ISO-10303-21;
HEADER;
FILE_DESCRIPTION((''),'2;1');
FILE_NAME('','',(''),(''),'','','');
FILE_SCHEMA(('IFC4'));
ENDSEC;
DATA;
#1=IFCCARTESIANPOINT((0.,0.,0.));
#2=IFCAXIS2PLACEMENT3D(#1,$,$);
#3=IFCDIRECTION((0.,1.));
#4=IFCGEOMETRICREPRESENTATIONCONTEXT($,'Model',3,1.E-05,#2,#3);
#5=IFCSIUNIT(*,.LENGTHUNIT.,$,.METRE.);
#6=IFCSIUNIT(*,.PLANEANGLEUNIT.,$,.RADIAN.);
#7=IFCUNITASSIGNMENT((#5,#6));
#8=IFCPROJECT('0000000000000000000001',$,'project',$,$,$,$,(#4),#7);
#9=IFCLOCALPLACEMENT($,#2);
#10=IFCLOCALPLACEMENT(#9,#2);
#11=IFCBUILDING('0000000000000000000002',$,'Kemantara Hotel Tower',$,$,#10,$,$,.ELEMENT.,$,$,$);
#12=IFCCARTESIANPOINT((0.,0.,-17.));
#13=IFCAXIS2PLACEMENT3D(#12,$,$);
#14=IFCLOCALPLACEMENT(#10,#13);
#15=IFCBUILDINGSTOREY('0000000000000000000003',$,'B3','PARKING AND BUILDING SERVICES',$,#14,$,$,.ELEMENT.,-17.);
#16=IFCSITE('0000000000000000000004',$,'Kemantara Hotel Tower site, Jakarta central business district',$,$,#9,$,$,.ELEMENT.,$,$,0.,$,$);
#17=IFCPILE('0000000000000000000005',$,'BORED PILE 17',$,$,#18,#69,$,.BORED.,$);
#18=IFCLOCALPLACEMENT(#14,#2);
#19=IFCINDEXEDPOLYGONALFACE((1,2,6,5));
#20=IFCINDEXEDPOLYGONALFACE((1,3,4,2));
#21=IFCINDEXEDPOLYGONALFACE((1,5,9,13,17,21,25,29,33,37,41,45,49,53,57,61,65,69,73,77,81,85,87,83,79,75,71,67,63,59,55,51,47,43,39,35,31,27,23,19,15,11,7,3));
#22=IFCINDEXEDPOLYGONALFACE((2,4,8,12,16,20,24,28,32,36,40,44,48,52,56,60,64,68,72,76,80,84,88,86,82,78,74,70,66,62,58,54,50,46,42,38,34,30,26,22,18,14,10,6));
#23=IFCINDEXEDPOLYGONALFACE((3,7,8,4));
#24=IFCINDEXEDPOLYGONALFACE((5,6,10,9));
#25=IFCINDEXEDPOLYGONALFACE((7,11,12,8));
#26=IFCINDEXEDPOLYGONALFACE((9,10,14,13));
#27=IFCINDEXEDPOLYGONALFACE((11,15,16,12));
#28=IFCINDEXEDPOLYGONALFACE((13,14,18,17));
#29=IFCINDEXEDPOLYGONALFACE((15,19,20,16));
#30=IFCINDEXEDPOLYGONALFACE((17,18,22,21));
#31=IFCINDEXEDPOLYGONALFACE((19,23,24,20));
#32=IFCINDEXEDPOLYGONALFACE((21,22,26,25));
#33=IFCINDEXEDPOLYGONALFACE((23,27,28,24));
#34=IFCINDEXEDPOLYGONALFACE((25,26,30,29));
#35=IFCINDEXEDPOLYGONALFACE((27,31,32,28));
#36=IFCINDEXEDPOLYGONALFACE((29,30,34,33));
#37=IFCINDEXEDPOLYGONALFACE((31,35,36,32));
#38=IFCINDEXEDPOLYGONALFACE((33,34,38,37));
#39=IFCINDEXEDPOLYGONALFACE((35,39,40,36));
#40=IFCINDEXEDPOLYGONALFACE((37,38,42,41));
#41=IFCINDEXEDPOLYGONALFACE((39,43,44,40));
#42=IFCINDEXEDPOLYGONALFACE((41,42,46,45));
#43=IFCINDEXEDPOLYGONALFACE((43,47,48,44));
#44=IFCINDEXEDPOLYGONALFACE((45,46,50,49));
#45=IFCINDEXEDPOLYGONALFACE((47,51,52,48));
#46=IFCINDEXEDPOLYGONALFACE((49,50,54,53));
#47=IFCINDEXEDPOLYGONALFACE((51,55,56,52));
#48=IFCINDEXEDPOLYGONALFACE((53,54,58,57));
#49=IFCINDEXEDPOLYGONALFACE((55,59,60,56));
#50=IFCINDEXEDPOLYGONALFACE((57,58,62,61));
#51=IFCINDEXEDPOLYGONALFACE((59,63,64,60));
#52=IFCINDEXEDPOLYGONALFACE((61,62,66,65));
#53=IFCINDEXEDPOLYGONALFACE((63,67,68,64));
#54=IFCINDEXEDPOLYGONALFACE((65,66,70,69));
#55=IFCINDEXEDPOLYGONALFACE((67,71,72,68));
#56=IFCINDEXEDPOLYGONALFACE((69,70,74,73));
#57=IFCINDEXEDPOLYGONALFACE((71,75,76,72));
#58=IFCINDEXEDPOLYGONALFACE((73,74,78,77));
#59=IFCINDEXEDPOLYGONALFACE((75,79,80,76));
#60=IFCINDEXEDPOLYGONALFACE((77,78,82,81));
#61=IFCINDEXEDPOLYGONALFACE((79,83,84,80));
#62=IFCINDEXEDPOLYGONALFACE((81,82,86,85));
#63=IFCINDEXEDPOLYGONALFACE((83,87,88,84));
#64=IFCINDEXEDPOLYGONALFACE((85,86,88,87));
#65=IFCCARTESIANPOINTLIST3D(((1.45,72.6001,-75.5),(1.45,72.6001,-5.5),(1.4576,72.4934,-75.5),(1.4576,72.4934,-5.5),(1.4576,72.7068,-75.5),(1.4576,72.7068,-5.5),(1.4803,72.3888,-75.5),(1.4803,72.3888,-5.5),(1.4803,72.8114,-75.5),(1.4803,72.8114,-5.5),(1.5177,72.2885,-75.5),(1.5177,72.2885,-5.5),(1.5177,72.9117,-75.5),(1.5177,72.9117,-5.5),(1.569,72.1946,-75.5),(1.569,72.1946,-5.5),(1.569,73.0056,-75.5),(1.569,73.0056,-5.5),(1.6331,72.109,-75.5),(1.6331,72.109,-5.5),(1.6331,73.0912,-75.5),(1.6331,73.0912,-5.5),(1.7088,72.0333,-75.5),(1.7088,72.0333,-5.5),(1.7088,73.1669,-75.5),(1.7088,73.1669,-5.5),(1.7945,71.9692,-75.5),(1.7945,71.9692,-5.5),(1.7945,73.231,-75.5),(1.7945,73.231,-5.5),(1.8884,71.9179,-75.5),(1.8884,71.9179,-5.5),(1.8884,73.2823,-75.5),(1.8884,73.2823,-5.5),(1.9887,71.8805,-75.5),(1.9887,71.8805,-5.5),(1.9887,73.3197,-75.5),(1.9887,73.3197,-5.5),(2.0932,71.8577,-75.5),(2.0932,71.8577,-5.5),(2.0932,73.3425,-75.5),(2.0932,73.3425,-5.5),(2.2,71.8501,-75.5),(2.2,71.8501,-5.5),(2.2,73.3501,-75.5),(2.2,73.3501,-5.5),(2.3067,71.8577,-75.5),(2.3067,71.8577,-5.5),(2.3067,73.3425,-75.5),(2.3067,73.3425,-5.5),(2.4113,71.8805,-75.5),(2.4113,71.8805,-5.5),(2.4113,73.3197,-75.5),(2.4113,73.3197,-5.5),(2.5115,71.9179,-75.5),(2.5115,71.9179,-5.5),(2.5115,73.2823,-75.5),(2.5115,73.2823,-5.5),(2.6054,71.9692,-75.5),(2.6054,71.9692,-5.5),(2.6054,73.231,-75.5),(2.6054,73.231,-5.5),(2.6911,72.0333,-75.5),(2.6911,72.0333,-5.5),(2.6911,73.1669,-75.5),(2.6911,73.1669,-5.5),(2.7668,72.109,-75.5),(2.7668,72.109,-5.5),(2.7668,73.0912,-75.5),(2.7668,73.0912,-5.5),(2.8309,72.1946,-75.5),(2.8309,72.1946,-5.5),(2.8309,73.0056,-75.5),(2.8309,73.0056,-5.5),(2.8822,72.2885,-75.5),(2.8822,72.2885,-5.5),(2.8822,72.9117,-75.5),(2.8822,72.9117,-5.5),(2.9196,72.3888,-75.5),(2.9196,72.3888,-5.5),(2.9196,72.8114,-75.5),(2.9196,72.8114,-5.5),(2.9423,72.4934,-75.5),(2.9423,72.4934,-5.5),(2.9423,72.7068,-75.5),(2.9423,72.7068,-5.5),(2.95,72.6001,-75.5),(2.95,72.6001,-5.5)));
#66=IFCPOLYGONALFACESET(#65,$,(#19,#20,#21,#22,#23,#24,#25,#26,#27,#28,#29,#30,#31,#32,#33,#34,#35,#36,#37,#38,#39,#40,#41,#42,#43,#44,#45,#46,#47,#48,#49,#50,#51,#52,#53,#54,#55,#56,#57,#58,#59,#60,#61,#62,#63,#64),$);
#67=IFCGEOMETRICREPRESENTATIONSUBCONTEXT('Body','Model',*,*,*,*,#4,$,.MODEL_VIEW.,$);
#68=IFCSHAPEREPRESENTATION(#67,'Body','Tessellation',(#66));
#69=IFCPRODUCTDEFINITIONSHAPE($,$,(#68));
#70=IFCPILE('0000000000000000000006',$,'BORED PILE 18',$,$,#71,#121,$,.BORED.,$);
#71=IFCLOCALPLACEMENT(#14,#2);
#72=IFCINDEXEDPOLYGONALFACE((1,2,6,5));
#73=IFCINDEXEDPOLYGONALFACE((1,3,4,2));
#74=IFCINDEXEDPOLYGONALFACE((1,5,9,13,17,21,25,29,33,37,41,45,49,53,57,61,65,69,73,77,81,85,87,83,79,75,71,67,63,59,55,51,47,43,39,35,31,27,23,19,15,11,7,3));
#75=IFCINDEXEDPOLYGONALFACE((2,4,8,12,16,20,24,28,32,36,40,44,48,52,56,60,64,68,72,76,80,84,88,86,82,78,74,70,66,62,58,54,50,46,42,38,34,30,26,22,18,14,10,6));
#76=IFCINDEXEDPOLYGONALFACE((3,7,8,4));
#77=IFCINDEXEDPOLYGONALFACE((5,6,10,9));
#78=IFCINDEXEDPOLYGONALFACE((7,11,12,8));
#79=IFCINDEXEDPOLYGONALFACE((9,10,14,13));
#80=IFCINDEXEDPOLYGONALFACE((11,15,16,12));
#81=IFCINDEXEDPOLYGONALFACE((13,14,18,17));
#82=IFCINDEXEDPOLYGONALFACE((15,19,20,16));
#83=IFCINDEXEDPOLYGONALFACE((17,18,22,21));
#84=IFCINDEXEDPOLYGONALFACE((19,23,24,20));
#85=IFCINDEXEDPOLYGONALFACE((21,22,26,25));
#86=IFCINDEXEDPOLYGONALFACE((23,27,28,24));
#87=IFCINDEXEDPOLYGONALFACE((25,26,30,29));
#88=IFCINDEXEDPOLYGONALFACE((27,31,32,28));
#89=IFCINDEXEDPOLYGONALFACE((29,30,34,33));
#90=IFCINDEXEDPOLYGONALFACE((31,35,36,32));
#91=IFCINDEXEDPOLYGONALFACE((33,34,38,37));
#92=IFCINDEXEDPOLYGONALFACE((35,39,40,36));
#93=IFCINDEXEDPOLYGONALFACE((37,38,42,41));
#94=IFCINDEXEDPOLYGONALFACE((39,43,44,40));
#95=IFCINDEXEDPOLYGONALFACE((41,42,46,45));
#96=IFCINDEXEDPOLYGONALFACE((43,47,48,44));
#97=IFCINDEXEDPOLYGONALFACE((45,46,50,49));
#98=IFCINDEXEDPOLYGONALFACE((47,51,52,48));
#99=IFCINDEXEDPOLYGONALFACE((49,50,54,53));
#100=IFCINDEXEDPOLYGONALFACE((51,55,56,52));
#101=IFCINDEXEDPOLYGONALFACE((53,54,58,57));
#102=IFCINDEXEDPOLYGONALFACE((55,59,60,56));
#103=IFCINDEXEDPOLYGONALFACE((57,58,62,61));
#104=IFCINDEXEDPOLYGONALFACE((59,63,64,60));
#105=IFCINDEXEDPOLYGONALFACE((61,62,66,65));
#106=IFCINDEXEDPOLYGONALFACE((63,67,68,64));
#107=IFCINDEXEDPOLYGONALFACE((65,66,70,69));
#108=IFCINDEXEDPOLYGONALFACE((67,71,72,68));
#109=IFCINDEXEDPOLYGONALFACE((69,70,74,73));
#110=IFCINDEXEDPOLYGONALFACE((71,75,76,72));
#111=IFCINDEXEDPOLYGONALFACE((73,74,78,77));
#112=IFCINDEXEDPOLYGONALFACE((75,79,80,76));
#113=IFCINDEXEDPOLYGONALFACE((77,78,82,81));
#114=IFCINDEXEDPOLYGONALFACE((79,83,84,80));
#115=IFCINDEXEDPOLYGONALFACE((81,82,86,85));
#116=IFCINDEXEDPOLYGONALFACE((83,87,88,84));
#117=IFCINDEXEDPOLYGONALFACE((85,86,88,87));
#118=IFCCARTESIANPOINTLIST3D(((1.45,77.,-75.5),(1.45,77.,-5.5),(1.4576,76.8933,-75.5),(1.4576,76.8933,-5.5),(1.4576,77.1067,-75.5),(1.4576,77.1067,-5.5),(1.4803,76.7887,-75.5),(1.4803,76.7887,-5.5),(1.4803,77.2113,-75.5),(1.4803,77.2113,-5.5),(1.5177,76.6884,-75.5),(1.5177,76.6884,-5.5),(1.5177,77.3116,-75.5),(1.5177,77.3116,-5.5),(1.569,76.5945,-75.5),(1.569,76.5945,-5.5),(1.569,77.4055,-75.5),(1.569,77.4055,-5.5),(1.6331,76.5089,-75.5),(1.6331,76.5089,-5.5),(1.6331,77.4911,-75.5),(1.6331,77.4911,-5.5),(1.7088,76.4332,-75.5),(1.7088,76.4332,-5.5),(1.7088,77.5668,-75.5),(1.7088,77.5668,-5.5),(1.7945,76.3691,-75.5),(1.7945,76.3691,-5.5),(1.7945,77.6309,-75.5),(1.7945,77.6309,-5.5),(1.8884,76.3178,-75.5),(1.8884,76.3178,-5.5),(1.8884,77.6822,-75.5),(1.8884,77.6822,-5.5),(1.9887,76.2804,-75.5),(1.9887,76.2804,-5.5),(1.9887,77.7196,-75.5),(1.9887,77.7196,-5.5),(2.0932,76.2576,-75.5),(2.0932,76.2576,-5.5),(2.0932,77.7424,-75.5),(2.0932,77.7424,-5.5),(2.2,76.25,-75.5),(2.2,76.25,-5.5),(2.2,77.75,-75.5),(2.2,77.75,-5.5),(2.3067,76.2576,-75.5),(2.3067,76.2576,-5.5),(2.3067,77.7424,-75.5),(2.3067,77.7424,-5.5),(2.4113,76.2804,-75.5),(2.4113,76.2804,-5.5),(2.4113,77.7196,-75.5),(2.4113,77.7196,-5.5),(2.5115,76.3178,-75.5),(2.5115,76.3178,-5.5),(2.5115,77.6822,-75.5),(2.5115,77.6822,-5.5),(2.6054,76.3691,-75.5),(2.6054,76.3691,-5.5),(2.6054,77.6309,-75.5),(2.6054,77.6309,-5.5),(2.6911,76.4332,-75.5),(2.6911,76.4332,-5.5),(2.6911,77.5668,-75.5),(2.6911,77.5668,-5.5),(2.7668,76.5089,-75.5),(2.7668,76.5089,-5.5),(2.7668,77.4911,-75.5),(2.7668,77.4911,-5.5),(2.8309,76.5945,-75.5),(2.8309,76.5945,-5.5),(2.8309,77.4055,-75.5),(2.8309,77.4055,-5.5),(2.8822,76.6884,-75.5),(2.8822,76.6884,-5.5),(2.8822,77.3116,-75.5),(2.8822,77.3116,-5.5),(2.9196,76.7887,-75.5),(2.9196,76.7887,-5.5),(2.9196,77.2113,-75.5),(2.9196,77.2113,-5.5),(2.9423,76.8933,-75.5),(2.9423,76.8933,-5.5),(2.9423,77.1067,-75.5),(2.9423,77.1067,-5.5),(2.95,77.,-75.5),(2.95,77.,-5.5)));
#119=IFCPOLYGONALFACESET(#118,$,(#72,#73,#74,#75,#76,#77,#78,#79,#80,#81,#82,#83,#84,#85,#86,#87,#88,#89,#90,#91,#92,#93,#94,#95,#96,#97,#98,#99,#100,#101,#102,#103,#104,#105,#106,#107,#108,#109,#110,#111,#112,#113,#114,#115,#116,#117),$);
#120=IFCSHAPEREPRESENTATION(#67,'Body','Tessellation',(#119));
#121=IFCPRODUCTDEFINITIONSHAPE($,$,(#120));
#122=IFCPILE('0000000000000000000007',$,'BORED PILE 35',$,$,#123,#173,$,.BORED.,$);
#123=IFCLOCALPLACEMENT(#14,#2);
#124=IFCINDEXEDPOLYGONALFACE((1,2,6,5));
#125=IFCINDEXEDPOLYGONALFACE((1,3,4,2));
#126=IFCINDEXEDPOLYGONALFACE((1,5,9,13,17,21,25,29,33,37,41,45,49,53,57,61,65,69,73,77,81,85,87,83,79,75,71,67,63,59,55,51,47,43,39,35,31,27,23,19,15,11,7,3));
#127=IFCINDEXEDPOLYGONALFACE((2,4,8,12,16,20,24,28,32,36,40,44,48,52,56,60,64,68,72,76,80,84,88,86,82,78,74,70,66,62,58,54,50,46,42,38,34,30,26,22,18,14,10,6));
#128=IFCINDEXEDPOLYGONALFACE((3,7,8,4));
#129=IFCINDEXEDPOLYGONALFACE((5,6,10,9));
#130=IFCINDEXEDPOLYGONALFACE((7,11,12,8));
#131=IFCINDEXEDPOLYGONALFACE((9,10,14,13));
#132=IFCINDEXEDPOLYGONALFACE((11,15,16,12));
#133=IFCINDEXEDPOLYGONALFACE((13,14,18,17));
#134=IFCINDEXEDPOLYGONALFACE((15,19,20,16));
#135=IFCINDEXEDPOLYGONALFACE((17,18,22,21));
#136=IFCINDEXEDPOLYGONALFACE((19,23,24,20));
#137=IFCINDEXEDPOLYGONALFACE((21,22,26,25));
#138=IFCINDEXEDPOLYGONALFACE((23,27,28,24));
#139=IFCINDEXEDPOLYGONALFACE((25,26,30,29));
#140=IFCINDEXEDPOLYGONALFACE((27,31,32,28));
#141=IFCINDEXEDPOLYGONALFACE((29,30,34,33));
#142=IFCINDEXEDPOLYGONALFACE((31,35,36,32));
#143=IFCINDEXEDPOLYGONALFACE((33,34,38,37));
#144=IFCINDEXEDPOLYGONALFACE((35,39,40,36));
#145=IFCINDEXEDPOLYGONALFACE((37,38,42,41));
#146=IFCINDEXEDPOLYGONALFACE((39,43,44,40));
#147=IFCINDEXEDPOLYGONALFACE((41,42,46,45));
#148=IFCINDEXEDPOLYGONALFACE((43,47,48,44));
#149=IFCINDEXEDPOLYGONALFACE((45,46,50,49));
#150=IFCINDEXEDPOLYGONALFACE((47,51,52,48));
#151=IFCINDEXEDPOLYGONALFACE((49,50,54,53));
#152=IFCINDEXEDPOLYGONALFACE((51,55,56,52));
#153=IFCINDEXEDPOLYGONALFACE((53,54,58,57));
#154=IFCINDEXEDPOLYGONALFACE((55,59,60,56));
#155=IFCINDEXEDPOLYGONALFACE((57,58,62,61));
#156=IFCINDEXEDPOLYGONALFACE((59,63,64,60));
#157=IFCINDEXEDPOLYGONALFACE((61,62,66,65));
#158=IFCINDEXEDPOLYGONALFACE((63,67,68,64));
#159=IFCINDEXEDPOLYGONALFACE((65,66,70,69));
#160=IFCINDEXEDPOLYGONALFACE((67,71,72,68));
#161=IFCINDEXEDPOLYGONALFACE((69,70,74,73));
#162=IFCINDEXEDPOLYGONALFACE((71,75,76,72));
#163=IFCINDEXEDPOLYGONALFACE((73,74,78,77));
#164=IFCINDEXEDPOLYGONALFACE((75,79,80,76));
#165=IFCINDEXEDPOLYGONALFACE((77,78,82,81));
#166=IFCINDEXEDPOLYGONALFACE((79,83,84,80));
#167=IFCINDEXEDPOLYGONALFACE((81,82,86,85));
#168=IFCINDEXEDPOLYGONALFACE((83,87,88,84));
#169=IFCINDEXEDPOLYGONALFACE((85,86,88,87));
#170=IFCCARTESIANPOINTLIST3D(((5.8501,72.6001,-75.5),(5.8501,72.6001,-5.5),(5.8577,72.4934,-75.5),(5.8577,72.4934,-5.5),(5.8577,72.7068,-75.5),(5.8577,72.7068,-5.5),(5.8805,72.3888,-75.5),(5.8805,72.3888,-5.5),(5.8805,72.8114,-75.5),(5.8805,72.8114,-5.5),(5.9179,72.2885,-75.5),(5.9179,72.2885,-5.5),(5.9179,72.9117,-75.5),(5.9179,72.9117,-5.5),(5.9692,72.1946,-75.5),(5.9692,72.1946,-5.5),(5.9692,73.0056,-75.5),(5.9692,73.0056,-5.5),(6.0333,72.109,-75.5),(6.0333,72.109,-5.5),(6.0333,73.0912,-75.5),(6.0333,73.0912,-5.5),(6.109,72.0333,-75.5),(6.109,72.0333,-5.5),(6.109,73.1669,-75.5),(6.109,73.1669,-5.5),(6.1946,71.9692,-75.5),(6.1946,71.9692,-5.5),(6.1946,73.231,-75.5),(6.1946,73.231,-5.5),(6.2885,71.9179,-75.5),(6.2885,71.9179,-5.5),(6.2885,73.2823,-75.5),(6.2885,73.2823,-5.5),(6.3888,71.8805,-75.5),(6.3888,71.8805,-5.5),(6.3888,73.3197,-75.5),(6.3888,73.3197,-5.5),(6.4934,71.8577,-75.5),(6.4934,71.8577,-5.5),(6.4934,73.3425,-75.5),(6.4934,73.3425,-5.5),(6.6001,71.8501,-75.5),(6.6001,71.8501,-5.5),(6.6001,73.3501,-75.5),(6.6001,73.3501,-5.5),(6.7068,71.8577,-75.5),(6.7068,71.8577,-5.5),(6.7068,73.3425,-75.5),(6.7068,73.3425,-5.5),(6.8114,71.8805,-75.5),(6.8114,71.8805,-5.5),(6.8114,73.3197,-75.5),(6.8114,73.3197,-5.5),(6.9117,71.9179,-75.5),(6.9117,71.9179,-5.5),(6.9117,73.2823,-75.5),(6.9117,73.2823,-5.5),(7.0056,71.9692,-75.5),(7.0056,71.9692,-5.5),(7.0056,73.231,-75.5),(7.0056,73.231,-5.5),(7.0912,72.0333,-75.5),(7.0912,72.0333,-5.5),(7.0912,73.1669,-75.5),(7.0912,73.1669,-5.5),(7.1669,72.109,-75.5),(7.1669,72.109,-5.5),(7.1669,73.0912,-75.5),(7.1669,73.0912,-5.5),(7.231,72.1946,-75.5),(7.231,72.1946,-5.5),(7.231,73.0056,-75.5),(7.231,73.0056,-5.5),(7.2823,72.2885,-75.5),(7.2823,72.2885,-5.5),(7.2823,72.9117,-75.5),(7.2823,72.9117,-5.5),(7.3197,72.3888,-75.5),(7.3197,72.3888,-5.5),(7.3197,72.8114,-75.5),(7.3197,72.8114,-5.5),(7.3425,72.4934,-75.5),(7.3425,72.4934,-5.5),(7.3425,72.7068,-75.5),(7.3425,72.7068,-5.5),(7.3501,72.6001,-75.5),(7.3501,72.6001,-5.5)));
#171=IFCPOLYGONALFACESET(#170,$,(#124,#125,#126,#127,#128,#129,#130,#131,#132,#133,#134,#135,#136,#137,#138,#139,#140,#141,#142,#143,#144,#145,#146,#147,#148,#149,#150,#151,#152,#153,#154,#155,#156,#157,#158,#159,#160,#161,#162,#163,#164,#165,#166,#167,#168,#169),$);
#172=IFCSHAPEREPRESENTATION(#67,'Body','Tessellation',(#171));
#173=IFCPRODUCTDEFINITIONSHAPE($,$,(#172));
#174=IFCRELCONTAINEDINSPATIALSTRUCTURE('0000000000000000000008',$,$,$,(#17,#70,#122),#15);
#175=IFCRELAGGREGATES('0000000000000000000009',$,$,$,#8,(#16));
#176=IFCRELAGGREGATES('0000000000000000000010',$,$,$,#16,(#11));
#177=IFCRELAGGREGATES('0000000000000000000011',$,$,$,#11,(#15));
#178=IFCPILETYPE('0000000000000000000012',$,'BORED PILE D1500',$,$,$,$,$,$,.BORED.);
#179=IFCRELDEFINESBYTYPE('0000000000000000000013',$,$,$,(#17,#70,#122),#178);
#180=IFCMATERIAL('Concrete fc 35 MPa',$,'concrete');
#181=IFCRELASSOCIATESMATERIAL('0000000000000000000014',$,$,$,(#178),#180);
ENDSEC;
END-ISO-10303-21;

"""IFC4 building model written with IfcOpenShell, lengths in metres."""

from ifc_helpers import new_model, si_unit, direction, frame, origin, origin_2d, place, context, subcontext, project, spatial, circle, extrude, material, material_profile, profile_set, type_object, element, save


model = new_model("IFC4")

# Units and contexts
model_context = context("Model", 3, precision=1e-05, world=origin(), true_north=direction((0.0, 1.0)))
body_context = subcontext(model_context, "Body", "Model", "MODEL_VIEW")
ifc_project = project(units=[si_unit("LENGTHUNIT", "METRE"), si_unit("PLANEANGLEUNIT", "RADIAN")], contexts=[model_context])

# Site, building, storey
site_placement = place(None, origin())
site = spatial("IfcSite", under=ifc_project, at=site_placement, Name="Kemantara Hotel Tower site, Jakarta central business district", CompositionType="ELEMENT", RefElevation=0.0)
building_placement = place(site_placement, origin())
building = spatial("IfcBuilding", under=site, at=building_placement, Name="Kemantara Hotel Tower", CompositionType="ELEMENT")
storey_placement = place(building_placement, frame((0.0, 0.0, -17.0)))
storey = spatial("IfcBuildingStorey", under=building, at=storey_placement, Name="B3", Description="PARKING AND BUILDING SERVICES", CompositionType="ELEMENT", Elevation=-17.0)

# Piles
ifc_material_1 = material(Name="Concrete fc 35 MPa", Category="concrete")
ifc_material_profile_1 = material_profile(ifc_material_1, circle(Radius=0.75, at=origin_2d()), Name="BORED PILE D1500")
ifc_profile_set_1 = profile_set([ifc_material_profile_1], Name="Concrete fc 35 MPa")
pile_type = type_object("IfcPileType", Name="BORED PILE D1500", PredefinedType="BORED", material=ifc_profile_set_1)
for number, where, z_axis, x_axis, name in (
    (1, (2.2, 72.6001, -5.5), (0.0, 0.0, -1.0), (1.0, 0.0, 0.0), "BORED PILE 17"),
    (2, (2.2, 77.0, -5.5), (0.0, 0.0, -1.0), (1.0, 0.0, 0.0), "BORED PILE 18"),
    (3, (6.6001, 72.6001, -5.5), (0.0, 0.0, -1.0), (1.0, 0.0, 0.0), "BORED PILE 35"),
):
    element("IfcPile", number, at=place(storey_placement, frame(where, z_axis=z_axis, x_axis=x_axis)), inside=storey, type_object=pile_type, Name=name, PredefinedType="BORED", context=body_context, shape_type="SweptSolid", body=[
        extrude(circle(Radius=0.75, at=origin_2d()), origin(), (0.0, 0.0, 1.0), 70.0),
    ])

save(model, "model.ifc")
